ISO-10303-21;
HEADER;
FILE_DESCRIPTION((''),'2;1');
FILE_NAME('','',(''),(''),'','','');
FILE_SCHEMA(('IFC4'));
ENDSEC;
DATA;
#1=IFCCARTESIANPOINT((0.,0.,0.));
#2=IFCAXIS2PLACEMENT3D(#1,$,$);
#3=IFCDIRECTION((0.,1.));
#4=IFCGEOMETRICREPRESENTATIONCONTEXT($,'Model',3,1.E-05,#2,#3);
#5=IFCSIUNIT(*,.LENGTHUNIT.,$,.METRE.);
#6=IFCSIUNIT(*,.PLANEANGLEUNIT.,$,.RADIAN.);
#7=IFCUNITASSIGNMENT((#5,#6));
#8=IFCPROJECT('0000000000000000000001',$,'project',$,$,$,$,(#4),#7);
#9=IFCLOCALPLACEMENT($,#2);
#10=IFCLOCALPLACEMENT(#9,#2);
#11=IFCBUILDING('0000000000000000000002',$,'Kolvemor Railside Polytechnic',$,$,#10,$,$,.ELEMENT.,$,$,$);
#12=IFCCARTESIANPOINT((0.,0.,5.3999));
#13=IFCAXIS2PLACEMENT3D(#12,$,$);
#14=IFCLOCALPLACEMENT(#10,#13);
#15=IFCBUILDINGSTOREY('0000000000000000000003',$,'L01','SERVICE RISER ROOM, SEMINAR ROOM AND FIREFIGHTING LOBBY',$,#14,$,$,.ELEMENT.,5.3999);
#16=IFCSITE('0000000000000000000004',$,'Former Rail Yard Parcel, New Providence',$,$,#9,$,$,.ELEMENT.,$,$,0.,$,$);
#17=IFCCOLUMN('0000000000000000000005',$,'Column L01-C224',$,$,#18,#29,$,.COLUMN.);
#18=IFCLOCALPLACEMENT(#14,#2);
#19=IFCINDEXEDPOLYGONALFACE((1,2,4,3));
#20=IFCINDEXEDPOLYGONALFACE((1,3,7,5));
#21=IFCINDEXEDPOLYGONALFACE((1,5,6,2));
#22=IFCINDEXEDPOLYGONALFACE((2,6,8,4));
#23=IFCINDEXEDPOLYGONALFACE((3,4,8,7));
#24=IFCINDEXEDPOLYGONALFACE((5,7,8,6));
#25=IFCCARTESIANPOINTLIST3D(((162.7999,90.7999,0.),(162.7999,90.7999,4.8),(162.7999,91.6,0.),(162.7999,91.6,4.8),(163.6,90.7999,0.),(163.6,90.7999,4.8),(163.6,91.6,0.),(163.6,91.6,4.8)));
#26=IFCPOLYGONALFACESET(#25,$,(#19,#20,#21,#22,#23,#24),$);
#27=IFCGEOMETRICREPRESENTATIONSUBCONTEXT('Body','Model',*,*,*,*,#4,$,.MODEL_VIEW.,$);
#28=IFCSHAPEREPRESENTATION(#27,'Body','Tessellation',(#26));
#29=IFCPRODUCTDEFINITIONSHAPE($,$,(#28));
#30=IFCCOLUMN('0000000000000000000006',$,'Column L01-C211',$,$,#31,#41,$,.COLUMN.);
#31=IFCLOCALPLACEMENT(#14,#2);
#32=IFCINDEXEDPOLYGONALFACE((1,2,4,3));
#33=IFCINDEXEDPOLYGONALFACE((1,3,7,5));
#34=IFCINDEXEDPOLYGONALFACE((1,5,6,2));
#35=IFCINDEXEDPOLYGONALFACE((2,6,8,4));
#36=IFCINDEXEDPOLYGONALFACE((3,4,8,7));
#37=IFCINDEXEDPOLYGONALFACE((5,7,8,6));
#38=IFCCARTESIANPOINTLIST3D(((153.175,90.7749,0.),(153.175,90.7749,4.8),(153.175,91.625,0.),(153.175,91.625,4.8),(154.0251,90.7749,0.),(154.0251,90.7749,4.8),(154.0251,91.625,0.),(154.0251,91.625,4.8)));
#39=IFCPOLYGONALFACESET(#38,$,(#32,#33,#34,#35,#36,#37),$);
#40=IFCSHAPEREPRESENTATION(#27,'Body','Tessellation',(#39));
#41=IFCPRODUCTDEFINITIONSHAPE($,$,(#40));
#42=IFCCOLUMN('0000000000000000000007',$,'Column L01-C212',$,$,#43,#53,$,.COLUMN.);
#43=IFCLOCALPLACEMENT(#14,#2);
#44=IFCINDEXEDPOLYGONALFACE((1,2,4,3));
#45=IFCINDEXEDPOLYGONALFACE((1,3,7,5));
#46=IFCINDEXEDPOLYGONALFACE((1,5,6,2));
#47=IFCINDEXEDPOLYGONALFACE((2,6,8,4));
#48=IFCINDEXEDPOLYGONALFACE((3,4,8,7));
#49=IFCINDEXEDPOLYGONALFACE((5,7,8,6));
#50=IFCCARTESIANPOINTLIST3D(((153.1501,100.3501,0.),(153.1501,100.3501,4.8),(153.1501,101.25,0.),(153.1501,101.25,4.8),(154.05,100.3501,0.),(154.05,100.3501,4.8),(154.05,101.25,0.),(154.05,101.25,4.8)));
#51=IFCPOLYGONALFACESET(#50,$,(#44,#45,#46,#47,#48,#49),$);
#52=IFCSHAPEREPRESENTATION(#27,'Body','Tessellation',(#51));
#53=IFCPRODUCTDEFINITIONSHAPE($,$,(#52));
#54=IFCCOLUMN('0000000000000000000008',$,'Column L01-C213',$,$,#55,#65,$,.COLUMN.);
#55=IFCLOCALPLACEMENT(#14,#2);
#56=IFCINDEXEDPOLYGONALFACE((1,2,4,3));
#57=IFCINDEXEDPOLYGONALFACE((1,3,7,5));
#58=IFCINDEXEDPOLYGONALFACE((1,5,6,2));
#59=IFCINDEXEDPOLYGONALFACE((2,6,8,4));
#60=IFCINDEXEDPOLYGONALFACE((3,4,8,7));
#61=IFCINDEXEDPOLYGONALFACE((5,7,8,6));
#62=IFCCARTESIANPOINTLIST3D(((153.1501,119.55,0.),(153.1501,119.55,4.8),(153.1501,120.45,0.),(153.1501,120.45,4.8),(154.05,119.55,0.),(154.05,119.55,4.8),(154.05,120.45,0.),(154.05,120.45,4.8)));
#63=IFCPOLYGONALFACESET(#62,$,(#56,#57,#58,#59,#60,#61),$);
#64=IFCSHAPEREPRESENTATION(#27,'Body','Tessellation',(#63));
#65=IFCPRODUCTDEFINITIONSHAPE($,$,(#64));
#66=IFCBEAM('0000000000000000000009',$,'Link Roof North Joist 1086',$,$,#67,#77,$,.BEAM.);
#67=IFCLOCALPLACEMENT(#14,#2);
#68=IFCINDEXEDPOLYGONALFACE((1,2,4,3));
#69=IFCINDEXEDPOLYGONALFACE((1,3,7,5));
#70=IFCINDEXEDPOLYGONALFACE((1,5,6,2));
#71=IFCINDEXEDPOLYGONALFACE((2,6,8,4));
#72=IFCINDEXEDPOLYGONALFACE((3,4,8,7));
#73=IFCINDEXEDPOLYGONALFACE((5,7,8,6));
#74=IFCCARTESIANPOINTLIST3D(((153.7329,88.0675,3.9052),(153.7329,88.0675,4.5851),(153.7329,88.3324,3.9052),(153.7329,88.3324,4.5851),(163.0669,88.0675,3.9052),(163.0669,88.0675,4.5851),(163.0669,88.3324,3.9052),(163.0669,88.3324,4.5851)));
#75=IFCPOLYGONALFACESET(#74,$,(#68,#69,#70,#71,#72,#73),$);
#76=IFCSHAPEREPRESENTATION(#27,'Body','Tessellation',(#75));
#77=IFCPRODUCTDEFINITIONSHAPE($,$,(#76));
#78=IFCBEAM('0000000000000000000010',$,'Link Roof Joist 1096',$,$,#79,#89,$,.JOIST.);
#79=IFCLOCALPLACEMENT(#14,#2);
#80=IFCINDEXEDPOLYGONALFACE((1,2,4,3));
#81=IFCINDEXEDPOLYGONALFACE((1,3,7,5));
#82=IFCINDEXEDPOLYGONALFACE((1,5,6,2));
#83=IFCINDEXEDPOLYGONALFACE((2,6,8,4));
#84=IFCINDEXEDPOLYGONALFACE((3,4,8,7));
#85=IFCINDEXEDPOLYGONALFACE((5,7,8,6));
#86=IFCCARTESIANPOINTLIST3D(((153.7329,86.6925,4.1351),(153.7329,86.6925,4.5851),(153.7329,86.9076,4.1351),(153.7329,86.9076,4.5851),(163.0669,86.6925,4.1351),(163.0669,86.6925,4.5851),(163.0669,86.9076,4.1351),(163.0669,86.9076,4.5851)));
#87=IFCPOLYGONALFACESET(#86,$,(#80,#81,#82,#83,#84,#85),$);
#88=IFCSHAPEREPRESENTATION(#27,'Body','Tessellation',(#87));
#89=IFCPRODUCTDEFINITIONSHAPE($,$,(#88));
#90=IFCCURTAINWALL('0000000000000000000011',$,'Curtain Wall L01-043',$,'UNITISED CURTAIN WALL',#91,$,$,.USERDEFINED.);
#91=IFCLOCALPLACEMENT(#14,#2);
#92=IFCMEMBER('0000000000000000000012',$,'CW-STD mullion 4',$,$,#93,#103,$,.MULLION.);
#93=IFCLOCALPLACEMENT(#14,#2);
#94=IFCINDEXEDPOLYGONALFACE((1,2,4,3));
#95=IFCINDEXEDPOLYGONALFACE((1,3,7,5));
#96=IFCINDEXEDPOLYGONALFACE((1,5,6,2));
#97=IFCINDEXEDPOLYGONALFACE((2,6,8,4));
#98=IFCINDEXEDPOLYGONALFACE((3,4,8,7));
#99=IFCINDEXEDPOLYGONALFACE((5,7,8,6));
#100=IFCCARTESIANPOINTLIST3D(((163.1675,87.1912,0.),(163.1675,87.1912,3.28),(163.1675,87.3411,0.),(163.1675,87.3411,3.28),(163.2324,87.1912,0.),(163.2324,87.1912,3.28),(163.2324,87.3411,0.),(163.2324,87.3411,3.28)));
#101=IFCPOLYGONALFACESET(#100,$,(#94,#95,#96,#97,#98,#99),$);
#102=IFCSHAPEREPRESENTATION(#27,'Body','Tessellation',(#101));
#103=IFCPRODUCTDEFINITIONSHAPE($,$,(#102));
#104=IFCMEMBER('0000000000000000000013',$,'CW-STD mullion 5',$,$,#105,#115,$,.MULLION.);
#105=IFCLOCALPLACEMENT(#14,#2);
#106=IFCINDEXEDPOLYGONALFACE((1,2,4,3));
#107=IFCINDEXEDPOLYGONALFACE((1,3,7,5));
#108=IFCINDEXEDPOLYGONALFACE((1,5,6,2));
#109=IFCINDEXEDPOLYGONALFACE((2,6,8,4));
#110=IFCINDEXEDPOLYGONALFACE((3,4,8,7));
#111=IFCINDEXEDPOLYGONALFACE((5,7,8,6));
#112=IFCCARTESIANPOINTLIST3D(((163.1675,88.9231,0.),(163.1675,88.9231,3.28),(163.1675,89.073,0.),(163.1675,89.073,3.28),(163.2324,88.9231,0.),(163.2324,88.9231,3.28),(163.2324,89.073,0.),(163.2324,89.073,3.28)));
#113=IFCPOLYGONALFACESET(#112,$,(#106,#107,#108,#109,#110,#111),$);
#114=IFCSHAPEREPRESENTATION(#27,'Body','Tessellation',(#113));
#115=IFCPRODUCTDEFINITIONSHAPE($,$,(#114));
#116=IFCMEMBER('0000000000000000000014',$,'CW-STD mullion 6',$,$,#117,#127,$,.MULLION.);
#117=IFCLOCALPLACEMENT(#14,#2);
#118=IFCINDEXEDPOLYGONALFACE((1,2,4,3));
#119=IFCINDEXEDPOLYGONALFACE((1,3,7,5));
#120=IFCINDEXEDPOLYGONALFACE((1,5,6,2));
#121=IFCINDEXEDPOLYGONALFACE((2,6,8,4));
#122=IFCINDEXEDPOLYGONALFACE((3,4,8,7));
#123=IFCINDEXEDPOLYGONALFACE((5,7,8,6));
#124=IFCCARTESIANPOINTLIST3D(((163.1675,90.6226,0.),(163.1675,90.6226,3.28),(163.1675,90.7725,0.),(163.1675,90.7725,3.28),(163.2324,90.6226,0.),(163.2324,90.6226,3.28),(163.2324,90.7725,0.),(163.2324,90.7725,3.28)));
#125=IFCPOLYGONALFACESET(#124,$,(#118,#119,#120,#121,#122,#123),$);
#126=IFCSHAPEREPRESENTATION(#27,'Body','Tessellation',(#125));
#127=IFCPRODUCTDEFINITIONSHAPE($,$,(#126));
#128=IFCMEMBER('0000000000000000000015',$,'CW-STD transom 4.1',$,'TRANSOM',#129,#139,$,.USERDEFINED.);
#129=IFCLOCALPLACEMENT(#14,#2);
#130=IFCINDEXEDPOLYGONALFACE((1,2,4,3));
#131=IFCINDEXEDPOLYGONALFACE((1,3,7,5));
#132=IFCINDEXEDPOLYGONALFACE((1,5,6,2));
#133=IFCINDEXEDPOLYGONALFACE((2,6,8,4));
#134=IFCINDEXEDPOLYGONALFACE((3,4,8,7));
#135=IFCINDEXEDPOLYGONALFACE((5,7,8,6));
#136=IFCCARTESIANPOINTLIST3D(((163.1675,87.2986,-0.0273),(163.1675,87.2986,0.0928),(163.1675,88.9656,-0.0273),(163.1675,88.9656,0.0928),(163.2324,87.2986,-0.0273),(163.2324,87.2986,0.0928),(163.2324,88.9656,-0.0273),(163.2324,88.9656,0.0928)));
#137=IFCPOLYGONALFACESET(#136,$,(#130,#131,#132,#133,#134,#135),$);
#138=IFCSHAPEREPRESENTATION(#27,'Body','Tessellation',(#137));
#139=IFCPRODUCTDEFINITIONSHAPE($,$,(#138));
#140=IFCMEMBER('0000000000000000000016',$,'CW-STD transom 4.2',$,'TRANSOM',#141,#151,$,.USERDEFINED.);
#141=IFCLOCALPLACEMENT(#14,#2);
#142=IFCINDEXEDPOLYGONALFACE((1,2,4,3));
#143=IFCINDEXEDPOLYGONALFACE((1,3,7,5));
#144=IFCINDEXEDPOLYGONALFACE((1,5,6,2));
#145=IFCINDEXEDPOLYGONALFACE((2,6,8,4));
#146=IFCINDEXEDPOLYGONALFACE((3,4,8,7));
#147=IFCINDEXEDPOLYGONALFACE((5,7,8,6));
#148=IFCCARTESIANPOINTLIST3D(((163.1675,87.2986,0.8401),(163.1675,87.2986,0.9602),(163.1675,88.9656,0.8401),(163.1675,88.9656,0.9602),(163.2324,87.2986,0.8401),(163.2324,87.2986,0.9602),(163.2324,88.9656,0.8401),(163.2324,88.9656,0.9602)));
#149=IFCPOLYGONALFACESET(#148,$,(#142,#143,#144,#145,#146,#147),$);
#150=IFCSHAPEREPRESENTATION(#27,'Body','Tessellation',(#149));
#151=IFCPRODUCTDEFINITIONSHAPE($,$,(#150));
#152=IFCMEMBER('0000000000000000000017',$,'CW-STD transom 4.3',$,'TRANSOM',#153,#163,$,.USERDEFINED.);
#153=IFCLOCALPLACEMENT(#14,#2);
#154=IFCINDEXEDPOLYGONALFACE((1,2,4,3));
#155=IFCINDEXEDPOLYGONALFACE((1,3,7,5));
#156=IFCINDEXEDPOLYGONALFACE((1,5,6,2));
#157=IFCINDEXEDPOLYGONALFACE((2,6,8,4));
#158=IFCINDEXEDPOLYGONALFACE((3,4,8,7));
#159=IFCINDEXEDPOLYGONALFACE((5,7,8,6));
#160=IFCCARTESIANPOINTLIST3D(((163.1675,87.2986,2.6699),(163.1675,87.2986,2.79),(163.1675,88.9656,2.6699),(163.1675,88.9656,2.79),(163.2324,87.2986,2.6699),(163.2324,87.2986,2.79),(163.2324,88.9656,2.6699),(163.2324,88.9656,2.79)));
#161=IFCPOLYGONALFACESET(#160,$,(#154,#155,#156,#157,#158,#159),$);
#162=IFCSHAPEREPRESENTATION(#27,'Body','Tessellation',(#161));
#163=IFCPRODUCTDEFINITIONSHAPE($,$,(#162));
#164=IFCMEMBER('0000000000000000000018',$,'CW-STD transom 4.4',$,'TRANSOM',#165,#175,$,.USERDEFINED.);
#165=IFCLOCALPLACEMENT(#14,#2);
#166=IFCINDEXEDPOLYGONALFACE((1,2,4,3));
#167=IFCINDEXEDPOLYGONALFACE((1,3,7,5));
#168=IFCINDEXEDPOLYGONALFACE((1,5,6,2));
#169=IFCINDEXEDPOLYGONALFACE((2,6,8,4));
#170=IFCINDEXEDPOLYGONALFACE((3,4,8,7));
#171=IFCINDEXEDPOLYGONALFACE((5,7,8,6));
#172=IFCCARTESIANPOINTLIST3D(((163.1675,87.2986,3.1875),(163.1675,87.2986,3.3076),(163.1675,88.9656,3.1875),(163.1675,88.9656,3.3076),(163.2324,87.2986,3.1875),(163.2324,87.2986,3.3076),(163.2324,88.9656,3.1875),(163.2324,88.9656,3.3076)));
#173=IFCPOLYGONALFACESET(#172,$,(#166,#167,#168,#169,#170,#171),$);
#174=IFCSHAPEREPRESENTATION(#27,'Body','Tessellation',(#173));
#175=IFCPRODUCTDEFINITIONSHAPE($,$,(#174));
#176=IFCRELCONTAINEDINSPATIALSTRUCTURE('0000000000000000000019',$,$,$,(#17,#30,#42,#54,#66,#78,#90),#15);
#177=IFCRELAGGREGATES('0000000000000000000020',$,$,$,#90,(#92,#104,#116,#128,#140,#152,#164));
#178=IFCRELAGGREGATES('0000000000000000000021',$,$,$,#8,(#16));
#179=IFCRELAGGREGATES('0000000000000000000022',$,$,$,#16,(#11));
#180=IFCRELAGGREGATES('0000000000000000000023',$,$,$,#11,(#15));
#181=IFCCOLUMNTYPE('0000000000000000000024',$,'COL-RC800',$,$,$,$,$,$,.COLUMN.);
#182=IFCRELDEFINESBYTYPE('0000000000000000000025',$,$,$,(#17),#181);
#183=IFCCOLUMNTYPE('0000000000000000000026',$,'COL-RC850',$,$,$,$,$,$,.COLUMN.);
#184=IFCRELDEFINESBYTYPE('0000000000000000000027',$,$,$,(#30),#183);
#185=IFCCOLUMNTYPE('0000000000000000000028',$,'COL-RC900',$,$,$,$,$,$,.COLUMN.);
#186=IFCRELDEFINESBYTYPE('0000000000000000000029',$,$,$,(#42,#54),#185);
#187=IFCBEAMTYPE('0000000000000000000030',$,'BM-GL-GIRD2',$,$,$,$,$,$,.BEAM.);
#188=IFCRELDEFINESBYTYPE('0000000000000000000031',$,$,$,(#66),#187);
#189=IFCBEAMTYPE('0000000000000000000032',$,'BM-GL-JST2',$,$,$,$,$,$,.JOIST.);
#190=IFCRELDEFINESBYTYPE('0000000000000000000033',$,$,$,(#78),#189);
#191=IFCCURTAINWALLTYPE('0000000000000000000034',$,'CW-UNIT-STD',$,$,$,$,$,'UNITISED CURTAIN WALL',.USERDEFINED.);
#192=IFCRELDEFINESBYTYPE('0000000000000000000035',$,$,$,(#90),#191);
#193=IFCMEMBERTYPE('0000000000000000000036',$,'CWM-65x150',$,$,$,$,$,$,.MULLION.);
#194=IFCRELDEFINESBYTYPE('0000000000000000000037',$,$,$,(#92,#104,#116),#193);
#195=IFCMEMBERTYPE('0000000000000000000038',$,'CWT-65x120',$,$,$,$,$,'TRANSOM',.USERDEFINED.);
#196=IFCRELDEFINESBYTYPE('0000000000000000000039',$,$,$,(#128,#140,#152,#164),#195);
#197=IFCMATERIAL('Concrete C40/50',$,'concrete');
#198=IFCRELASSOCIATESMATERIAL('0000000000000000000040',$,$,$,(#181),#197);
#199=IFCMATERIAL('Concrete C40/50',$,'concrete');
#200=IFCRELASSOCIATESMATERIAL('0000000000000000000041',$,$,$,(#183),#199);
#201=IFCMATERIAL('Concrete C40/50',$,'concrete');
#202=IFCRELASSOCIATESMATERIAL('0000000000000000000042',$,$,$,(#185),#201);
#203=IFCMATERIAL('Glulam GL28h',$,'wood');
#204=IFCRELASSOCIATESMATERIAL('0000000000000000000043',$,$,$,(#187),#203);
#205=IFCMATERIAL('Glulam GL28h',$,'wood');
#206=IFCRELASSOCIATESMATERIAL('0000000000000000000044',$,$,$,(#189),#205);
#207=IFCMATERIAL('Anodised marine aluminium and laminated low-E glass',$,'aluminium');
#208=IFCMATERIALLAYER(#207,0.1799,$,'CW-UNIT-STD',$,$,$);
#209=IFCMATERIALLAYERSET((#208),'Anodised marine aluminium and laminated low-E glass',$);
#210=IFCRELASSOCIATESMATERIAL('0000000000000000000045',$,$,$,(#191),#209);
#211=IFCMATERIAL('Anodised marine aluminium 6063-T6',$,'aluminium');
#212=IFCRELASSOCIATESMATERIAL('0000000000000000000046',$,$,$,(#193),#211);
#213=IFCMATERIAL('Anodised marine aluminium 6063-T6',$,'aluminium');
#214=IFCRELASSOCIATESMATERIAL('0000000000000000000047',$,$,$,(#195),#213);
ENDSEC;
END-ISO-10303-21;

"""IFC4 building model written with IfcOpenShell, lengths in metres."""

from ifc_helpers import new_model, si_unit, direction, frame, origin, origin_2d, place, context, subcontext, project, spatial, rectangle, extrude, material, layer, layer_set, material_profile, profile_set, type_object, element, aggregate, save


model = new_model("IFC4")

# Units and contexts
model_context = context("Model", 3, precision=1e-05, world=origin(), true_north=direction((0.0, 1.0)))
body_context = subcontext(model_context, "Body", "Model", "MODEL_VIEW")
ifc_project = project(units=[si_unit("LENGTHUNIT", "METRE"), si_unit("PLANEANGLEUNIT", "RADIAN")], contexts=[model_context])

# Site, building, storey
site_placement = place(None, origin())
site = spatial("IfcSite", under=ifc_project, at=site_placement, Name="Former Rail Yard Parcel, New Providence", CompositionType="ELEMENT", RefElevation=0.0)
building_placement = place(site_placement, origin())
building = spatial("IfcBuilding", under=site, at=building_placement, Name="Kolvemor Railside Polytechnic", CompositionType="ELEMENT")
storey_placement = place(building_placement, frame((0.0, 0.0, 5.3999)))
storey = spatial("IfcBuildingStorey", under=building, at=storey_placement, Name="L01", Description="SERVICE RISER ROOM, SEMINAR ROOM AND FIREFIGHTING LOBBY", CompositionType="ELEMENT", Elevation=5.3999)

# Columns
ifc_material_1 = material(Name="Concrete C40/50", Category="concrete")
ifc_material_profile_1 = material_profile(ifc_material_1, rectangle(XDim=0.8, YDim=0.8, at=origin_2d()), Name="RC800x800")
ifc_profile_set_1 = profile_set([ifc_material_profile_1], Name="Concrete C40/50")
column_type_1 = type_object("IfcColumnType", Name="COL-RC800", PredefinedType="COLUMN", material=ifc_profile_set_1)
column_1_placement = place(storey_placement, frame((163.2, 91.2, 0.0), z_axis=(0.0, 0.0, 1.0), x_axis=(1.0, 0.0, 0.0)))
element("IfcColumn", 1, at=column_1_placement, inside=storey, type_object=column_type_1, Name="Column L01-C224", PredefinedType="COLUMN", context=body_context, shape_type="SweptSolid", body=[
    extrude(rectangle(XDim=0.8, YDim=0.8, at=origin_2d()), origin(), (0.0, 0.0, 1.0), 4.8),
])
ifc_material_2 = material(Name="Concrete C40/50", Category="concrete")
ifc_material_profile_2 = material_profile(ifc_material_2, rectangle(XDim=0.8501, YDim=0.8501, at=origin_2d()), Name="RC850x850")
ifc_profile_set_2 = profile_set([ifc_material_profile_2], Name="Concrete C40/50")
column_type_2 = type_object("IfcColumnType", Name="COL-RC850", PredefinedType="COLUMN", material=ifc_profile_set_2)
column_2_placement = place(storey_placement, frame((153.6001, 91.2, 0.0), z_axis=(0.0, 0.0, 1.0), x_axis=(1.0, 0.0, 0.0)))
element("IfcColumn", 2, at=column_2_placement, inside=storey, type_object=column_type_2, Name="Column L01-C211", PredefinedType="COLUMN", context=body_context, shape_type="SweptSolid", body=[
    extrude(rectangle(XDim=0.8501, YDim=0.8501, at=origin_2d()), origin(), (0.0, 0.0, 1.0), 4.8),
])
ifc_material_3 = material(Name="Concrete C40/50", Category="concrete")
ifc_material_profile_3 = material_profile(ifc_material_3, rectangle(XDim=0.8999, YDim=0.8999, at=origin_2d()), Name="RC900x900")
ifc_profile_set_3 = profile_set([ifc_material_profile_3], Name="Concrete C40/50")
column_type_3 = type_object("IfcColumnType", Name="COL-RC900", PredefinedType="COLUMN", material=ifc_profile_set_3)
for number, where, z_axis, x_axis, name in (
    (3, (153.6001, 100.8, 0.0), (0.0, 0.0, 1.0), (1.0, 0.0, 0.0), "Column L01-C212"),
    (4, (153.6001, 120.0, 0.0), (0.0, 0.0, 1.0), (1.0, 0.0, 0.0), "Column L01-C213"),
):
    element("IfcColumn", number, at=place(storey_placement, frame(where, z_axis=z_axis, x_axis=x_axis)), inside=storey, type_object=column_type_3, Name=name, PredefinedType="COLUMN", context=body_context, shape_type="SweptSolid", body=[
        extrude(rectangle(XDim=0.8999, YDim=0.8999, at=origin_2d()), origin(), (0.0, 0.0, 1.0), 4.8),
    ])

# Beams
ifc_material_4 = material(Name="Glulam GL28h", Category="wood")
ifc_material_profile_4 = material_profile(ifc_material_4, rectangle(XDim=0.2649, YDim=0.6799, at=origin_2d()), Name="GL265x680")
ifc_profile_set_4 = profile_set([ifc_material_profile_4], Name="Glulam GL28h")
beam_type_1 = type_object("IfcBeamType", Name="BM-GL-GIRD2", PredefinedType="BEAM", material=ifc_profile_set_4)
beam_1_placement = place(storey_placement, frame((153.7329, 88.2, 4.2451), z_axis=(1.0, 0.0, 0.0), x_axis=(0.0, 1.0, 0.0)))
element("IfcBeam", 5, at=beam_1_placement, inside=storey, type_object=beam_type_1, Name="Link Roof North Joist 1086", PredefinedType="BEAM", context=body_context, shape_type="SweptSolid", body=[
    extrude(rectangle(XDim=0.2649, YDim=0.6799, at=origin_2d()), origin(), (0.0, 0.0, 1.0), 9.334),
])
ifc_material_5 = material(Name="Glulam GL28h", Category="wood")
ifc_material_profile_5 = material_profile(ifc_material_5, rectangle(XDim=0.2151, YDim=0.45, at=origin_2d()), Name="GL215x450")
ifc_profile_set_5 = profile_set([ifc_material_profile_5], Name="Glulam GL28h")
beam_type_2 = type_object("IfcBeamType", Name="BM-GL-JST2", PredefinedType="JOIST", material=ifc_profile_set_5)
beam_2_placement = place(storey_placement, frame((153.7329, 86.8, 4.3601), z_axis=(1.0, 0.0, 0.0), x_axis=(0.0, 1.0, 0.0)))
element("IfcBeam", 6, at=beam_2_placement, inside=storey, type_object=beam_type_2, Name="Link Roof Joist 1096", PredefinedType="JOIST", context=body_context, shape_type="SweptSolid", body=[
    extrude(rectangle(XDim=0.2151, YDim=0.45, at=origin_2d()), origin(), (0.0, 0.0, 1.0), 9.334),
])

# Curtain wall, members
ifc_material_6 = material(Name="Anodised marine aluminium and laminated low-E glass", Category="aluminium")
ifc_layer_1 = layer(ifc_material_6, 0.1799, Name="CW-UNIT-STD")
ifc_layer_set_1 = layer_set([ifc_layer_1], Name="Anodised marine aluminium and laminated low-E glass")
curtain_wall_type = type_object("IfcCurtainWallType", Name="CW-UNIT-STD", ElementType="UNITISED CURTAIN WALL", PredefinedType="USERDEFINED", material=ifc_layer_set_1)
curtain_wall_placement = place(storey_placement, origin())
curtain_wall = element("IfcCurtainWall", 7, at=curtain_wall_placement, inside=storey, type_object=curtain_wall_type, Name="Curtain Wall L01-043", ObjectType="UNITISED CURTAIN WALL", PredefinedType="USERDEFINED")
ifc_material_7 = material(Name="Anodised marine aluminium 6063-T6", Category="aluminium")
ifc_material_profile_6 = material_profile(ifc_material_7, rectangle(XDim=0.0649, YDim=0.1499, at=origin_2d()), Name="CW-MUL-65x150")
ifc_profile_set_6 = profile_set([ifc_material_profile_6], Name="Anodised marine aluminium 6063-T6")
member_type_1 = type_object("IfcMemberType", Name="CWM-65x150", PredefinedType="MULLION", material=ifc_profile_set_6)
member_1_placement = place(storey_placement, frame((163.2, 87.2661, 0.0), z_axis=(0.0, 0.0, 1.0), x_axis=(-1.0, 0.0, 0.0)))
member_1 = element("IfcMember", 8, at=member_1_placement, type_object=member_type_1, Name="CW-STD mullion 4", PredefinedType="MULLION", context=body_context, shape_type="SweptSolid", body=[
    extrude(rectangle(XDim=0.0649, YDim=0.1499, at=origin_2d()), origin(), (0.0, 0.0, 1.0), 3.28),
])
member_2_placement = place(storey_placement, frame((163.2, 88.998, 0.0), z_axis=(0.0, 0.0, 1.0), x_axis=(-1.0, 0.0, 0.0)))
member_2 = element("IfcMember", 9, at=member_2_placement, type_object=member_type_1, Name="CW-STD mullion 5", PredefinedType="MULLION", context=body_context, shape_type="SweptSolid", body=[
    extrude(rectangle(XDim=0.0649, YDim=0.1499, at=origin_2d()), origin(), (0.0, 0.0, 1.0), 3.28),
])
member_3_placement = place(storey_placement, frame((163.2, 90.6975, 0.0), z_axis=(0.0, 0.0, 1.0), x_axis=(-1.0, 0.0, 0.0)))
member_3 = element("IfcMember", 10, at=member_3_placement, type_object=member_type_1, Name="CW-STD mullion 6", PredefinedType="MULLION", context=body_context, shape_type="SweptSolid", body=[
    extrude(rectangle(XDim=0.0649, YDim=0.1499, at=origin_2d()), origin(), (0.0, 0.0, 1.0), 3.28),
])
ifc_material_8 = material(Name="Anodised marine aluminium 6063-T6", Category="aluminium")
ifc_material_profile_7 = material_profile(ifc_material_8, rectangle(XDim=0.0649, YDim=0.1201, at=origin_2d()), Name="CW-TRN-65x120")
ifc_profile_set_7 = profile_set([ifc_material_profile_7], Name="Anodised marine aluminium 6063-T6")
member_type_2 = type_object("IfcMemberType", Name="CWT-65x120", ElementType="TRANSOM", PredefinedType="USERDEFINED", material=ifc_profile_set_7)
member_4_placement = place(storey_placement, frame((163.2, 87.2986, 0.0327), z_axis=(0.0, 1.0, 0.0), x_axis=(-1.0, 0.0, 0.0)))
member_4 = element("IfcMember", 11, at=member_4_placement, type_object=member_type_2, Name="CW-STD transom 4.1", ObjectType="TRANSOM", PredefinedType="USERDEFINED", context=body_context, shape_type="SweptSolid", body=[
    extrude(rectangle(XDim=0.0649, YDim=0.1201, at=origin_2d()), origin(), (0.0, 0.0, 1.0), 1.667),
])
member_5_placement = place(storey_placement, frame((163.2, 87.2986, 0.9001), z_axis=(0.0, 1.0, 0.0), x_axis=(-1.0, 0.0, 0.0)))
member_5 = element("IfcMember", 12, at=member_5_placement, type_object=member_type_2, Name="CW-STD transom 4.2", ObjectType="TRANSOM", PredefinedType="USERDEFINED", context=body_context, shape_type="SweptSolid", body=[
    extrude(rectangle(XDim=0.0649, YDim=0.1201, at=origin_2d()), origin(), (0.0, 0.0, 1.0), 1.667),
])
member_6_placement = place(storey_placement, frame((163.2, 87.2986, 2.73), z_axis=(0.0, 1.0, 0.0), x_axis=(-1.0, 0.0, 0.0)))
member_6 = element("IfcMember", 13, at=member_6_placement, type_object=member_type_2, Name="CW-STD transom 4.3", ObjectType="TRANSOM", PredefinedType="USERDEFINED", context=body_context, shape_type="SweptSolid", body=[
    extrude(rectangle(XDim=0.0649, YDim=0.1201, at=origin_2d()), origin(), (0.0, 0.0, 1.0), 1.667),
])
member_7_placement = place(storey_placement, frame((163.2, 87.2986, 3.2476), z_axis=(0.0, 1.0, 0.0), x_axis=(-1.0, 0.0, 0.0)))
member_7 = element("IfcMember", 14, at=member_7_placement, type_object=member_type_2, Name="CW-STD transom 4.4", ObjectType="TRANSOM", PredefinedType="USERDEFINED", context=body_context, shape_type="SweptSolid", body=[
    extrude(rectangle(XDim=0.0649, YDim=0.1201, at=origin_2d()), origin(), (0.0, 0.0, 1.0), 1.667),
])

aggregate(curtain_wall, [member_1, member_2, member_3, member_4, member_5, member_6, member_7])

save(model, "model.ifc")
